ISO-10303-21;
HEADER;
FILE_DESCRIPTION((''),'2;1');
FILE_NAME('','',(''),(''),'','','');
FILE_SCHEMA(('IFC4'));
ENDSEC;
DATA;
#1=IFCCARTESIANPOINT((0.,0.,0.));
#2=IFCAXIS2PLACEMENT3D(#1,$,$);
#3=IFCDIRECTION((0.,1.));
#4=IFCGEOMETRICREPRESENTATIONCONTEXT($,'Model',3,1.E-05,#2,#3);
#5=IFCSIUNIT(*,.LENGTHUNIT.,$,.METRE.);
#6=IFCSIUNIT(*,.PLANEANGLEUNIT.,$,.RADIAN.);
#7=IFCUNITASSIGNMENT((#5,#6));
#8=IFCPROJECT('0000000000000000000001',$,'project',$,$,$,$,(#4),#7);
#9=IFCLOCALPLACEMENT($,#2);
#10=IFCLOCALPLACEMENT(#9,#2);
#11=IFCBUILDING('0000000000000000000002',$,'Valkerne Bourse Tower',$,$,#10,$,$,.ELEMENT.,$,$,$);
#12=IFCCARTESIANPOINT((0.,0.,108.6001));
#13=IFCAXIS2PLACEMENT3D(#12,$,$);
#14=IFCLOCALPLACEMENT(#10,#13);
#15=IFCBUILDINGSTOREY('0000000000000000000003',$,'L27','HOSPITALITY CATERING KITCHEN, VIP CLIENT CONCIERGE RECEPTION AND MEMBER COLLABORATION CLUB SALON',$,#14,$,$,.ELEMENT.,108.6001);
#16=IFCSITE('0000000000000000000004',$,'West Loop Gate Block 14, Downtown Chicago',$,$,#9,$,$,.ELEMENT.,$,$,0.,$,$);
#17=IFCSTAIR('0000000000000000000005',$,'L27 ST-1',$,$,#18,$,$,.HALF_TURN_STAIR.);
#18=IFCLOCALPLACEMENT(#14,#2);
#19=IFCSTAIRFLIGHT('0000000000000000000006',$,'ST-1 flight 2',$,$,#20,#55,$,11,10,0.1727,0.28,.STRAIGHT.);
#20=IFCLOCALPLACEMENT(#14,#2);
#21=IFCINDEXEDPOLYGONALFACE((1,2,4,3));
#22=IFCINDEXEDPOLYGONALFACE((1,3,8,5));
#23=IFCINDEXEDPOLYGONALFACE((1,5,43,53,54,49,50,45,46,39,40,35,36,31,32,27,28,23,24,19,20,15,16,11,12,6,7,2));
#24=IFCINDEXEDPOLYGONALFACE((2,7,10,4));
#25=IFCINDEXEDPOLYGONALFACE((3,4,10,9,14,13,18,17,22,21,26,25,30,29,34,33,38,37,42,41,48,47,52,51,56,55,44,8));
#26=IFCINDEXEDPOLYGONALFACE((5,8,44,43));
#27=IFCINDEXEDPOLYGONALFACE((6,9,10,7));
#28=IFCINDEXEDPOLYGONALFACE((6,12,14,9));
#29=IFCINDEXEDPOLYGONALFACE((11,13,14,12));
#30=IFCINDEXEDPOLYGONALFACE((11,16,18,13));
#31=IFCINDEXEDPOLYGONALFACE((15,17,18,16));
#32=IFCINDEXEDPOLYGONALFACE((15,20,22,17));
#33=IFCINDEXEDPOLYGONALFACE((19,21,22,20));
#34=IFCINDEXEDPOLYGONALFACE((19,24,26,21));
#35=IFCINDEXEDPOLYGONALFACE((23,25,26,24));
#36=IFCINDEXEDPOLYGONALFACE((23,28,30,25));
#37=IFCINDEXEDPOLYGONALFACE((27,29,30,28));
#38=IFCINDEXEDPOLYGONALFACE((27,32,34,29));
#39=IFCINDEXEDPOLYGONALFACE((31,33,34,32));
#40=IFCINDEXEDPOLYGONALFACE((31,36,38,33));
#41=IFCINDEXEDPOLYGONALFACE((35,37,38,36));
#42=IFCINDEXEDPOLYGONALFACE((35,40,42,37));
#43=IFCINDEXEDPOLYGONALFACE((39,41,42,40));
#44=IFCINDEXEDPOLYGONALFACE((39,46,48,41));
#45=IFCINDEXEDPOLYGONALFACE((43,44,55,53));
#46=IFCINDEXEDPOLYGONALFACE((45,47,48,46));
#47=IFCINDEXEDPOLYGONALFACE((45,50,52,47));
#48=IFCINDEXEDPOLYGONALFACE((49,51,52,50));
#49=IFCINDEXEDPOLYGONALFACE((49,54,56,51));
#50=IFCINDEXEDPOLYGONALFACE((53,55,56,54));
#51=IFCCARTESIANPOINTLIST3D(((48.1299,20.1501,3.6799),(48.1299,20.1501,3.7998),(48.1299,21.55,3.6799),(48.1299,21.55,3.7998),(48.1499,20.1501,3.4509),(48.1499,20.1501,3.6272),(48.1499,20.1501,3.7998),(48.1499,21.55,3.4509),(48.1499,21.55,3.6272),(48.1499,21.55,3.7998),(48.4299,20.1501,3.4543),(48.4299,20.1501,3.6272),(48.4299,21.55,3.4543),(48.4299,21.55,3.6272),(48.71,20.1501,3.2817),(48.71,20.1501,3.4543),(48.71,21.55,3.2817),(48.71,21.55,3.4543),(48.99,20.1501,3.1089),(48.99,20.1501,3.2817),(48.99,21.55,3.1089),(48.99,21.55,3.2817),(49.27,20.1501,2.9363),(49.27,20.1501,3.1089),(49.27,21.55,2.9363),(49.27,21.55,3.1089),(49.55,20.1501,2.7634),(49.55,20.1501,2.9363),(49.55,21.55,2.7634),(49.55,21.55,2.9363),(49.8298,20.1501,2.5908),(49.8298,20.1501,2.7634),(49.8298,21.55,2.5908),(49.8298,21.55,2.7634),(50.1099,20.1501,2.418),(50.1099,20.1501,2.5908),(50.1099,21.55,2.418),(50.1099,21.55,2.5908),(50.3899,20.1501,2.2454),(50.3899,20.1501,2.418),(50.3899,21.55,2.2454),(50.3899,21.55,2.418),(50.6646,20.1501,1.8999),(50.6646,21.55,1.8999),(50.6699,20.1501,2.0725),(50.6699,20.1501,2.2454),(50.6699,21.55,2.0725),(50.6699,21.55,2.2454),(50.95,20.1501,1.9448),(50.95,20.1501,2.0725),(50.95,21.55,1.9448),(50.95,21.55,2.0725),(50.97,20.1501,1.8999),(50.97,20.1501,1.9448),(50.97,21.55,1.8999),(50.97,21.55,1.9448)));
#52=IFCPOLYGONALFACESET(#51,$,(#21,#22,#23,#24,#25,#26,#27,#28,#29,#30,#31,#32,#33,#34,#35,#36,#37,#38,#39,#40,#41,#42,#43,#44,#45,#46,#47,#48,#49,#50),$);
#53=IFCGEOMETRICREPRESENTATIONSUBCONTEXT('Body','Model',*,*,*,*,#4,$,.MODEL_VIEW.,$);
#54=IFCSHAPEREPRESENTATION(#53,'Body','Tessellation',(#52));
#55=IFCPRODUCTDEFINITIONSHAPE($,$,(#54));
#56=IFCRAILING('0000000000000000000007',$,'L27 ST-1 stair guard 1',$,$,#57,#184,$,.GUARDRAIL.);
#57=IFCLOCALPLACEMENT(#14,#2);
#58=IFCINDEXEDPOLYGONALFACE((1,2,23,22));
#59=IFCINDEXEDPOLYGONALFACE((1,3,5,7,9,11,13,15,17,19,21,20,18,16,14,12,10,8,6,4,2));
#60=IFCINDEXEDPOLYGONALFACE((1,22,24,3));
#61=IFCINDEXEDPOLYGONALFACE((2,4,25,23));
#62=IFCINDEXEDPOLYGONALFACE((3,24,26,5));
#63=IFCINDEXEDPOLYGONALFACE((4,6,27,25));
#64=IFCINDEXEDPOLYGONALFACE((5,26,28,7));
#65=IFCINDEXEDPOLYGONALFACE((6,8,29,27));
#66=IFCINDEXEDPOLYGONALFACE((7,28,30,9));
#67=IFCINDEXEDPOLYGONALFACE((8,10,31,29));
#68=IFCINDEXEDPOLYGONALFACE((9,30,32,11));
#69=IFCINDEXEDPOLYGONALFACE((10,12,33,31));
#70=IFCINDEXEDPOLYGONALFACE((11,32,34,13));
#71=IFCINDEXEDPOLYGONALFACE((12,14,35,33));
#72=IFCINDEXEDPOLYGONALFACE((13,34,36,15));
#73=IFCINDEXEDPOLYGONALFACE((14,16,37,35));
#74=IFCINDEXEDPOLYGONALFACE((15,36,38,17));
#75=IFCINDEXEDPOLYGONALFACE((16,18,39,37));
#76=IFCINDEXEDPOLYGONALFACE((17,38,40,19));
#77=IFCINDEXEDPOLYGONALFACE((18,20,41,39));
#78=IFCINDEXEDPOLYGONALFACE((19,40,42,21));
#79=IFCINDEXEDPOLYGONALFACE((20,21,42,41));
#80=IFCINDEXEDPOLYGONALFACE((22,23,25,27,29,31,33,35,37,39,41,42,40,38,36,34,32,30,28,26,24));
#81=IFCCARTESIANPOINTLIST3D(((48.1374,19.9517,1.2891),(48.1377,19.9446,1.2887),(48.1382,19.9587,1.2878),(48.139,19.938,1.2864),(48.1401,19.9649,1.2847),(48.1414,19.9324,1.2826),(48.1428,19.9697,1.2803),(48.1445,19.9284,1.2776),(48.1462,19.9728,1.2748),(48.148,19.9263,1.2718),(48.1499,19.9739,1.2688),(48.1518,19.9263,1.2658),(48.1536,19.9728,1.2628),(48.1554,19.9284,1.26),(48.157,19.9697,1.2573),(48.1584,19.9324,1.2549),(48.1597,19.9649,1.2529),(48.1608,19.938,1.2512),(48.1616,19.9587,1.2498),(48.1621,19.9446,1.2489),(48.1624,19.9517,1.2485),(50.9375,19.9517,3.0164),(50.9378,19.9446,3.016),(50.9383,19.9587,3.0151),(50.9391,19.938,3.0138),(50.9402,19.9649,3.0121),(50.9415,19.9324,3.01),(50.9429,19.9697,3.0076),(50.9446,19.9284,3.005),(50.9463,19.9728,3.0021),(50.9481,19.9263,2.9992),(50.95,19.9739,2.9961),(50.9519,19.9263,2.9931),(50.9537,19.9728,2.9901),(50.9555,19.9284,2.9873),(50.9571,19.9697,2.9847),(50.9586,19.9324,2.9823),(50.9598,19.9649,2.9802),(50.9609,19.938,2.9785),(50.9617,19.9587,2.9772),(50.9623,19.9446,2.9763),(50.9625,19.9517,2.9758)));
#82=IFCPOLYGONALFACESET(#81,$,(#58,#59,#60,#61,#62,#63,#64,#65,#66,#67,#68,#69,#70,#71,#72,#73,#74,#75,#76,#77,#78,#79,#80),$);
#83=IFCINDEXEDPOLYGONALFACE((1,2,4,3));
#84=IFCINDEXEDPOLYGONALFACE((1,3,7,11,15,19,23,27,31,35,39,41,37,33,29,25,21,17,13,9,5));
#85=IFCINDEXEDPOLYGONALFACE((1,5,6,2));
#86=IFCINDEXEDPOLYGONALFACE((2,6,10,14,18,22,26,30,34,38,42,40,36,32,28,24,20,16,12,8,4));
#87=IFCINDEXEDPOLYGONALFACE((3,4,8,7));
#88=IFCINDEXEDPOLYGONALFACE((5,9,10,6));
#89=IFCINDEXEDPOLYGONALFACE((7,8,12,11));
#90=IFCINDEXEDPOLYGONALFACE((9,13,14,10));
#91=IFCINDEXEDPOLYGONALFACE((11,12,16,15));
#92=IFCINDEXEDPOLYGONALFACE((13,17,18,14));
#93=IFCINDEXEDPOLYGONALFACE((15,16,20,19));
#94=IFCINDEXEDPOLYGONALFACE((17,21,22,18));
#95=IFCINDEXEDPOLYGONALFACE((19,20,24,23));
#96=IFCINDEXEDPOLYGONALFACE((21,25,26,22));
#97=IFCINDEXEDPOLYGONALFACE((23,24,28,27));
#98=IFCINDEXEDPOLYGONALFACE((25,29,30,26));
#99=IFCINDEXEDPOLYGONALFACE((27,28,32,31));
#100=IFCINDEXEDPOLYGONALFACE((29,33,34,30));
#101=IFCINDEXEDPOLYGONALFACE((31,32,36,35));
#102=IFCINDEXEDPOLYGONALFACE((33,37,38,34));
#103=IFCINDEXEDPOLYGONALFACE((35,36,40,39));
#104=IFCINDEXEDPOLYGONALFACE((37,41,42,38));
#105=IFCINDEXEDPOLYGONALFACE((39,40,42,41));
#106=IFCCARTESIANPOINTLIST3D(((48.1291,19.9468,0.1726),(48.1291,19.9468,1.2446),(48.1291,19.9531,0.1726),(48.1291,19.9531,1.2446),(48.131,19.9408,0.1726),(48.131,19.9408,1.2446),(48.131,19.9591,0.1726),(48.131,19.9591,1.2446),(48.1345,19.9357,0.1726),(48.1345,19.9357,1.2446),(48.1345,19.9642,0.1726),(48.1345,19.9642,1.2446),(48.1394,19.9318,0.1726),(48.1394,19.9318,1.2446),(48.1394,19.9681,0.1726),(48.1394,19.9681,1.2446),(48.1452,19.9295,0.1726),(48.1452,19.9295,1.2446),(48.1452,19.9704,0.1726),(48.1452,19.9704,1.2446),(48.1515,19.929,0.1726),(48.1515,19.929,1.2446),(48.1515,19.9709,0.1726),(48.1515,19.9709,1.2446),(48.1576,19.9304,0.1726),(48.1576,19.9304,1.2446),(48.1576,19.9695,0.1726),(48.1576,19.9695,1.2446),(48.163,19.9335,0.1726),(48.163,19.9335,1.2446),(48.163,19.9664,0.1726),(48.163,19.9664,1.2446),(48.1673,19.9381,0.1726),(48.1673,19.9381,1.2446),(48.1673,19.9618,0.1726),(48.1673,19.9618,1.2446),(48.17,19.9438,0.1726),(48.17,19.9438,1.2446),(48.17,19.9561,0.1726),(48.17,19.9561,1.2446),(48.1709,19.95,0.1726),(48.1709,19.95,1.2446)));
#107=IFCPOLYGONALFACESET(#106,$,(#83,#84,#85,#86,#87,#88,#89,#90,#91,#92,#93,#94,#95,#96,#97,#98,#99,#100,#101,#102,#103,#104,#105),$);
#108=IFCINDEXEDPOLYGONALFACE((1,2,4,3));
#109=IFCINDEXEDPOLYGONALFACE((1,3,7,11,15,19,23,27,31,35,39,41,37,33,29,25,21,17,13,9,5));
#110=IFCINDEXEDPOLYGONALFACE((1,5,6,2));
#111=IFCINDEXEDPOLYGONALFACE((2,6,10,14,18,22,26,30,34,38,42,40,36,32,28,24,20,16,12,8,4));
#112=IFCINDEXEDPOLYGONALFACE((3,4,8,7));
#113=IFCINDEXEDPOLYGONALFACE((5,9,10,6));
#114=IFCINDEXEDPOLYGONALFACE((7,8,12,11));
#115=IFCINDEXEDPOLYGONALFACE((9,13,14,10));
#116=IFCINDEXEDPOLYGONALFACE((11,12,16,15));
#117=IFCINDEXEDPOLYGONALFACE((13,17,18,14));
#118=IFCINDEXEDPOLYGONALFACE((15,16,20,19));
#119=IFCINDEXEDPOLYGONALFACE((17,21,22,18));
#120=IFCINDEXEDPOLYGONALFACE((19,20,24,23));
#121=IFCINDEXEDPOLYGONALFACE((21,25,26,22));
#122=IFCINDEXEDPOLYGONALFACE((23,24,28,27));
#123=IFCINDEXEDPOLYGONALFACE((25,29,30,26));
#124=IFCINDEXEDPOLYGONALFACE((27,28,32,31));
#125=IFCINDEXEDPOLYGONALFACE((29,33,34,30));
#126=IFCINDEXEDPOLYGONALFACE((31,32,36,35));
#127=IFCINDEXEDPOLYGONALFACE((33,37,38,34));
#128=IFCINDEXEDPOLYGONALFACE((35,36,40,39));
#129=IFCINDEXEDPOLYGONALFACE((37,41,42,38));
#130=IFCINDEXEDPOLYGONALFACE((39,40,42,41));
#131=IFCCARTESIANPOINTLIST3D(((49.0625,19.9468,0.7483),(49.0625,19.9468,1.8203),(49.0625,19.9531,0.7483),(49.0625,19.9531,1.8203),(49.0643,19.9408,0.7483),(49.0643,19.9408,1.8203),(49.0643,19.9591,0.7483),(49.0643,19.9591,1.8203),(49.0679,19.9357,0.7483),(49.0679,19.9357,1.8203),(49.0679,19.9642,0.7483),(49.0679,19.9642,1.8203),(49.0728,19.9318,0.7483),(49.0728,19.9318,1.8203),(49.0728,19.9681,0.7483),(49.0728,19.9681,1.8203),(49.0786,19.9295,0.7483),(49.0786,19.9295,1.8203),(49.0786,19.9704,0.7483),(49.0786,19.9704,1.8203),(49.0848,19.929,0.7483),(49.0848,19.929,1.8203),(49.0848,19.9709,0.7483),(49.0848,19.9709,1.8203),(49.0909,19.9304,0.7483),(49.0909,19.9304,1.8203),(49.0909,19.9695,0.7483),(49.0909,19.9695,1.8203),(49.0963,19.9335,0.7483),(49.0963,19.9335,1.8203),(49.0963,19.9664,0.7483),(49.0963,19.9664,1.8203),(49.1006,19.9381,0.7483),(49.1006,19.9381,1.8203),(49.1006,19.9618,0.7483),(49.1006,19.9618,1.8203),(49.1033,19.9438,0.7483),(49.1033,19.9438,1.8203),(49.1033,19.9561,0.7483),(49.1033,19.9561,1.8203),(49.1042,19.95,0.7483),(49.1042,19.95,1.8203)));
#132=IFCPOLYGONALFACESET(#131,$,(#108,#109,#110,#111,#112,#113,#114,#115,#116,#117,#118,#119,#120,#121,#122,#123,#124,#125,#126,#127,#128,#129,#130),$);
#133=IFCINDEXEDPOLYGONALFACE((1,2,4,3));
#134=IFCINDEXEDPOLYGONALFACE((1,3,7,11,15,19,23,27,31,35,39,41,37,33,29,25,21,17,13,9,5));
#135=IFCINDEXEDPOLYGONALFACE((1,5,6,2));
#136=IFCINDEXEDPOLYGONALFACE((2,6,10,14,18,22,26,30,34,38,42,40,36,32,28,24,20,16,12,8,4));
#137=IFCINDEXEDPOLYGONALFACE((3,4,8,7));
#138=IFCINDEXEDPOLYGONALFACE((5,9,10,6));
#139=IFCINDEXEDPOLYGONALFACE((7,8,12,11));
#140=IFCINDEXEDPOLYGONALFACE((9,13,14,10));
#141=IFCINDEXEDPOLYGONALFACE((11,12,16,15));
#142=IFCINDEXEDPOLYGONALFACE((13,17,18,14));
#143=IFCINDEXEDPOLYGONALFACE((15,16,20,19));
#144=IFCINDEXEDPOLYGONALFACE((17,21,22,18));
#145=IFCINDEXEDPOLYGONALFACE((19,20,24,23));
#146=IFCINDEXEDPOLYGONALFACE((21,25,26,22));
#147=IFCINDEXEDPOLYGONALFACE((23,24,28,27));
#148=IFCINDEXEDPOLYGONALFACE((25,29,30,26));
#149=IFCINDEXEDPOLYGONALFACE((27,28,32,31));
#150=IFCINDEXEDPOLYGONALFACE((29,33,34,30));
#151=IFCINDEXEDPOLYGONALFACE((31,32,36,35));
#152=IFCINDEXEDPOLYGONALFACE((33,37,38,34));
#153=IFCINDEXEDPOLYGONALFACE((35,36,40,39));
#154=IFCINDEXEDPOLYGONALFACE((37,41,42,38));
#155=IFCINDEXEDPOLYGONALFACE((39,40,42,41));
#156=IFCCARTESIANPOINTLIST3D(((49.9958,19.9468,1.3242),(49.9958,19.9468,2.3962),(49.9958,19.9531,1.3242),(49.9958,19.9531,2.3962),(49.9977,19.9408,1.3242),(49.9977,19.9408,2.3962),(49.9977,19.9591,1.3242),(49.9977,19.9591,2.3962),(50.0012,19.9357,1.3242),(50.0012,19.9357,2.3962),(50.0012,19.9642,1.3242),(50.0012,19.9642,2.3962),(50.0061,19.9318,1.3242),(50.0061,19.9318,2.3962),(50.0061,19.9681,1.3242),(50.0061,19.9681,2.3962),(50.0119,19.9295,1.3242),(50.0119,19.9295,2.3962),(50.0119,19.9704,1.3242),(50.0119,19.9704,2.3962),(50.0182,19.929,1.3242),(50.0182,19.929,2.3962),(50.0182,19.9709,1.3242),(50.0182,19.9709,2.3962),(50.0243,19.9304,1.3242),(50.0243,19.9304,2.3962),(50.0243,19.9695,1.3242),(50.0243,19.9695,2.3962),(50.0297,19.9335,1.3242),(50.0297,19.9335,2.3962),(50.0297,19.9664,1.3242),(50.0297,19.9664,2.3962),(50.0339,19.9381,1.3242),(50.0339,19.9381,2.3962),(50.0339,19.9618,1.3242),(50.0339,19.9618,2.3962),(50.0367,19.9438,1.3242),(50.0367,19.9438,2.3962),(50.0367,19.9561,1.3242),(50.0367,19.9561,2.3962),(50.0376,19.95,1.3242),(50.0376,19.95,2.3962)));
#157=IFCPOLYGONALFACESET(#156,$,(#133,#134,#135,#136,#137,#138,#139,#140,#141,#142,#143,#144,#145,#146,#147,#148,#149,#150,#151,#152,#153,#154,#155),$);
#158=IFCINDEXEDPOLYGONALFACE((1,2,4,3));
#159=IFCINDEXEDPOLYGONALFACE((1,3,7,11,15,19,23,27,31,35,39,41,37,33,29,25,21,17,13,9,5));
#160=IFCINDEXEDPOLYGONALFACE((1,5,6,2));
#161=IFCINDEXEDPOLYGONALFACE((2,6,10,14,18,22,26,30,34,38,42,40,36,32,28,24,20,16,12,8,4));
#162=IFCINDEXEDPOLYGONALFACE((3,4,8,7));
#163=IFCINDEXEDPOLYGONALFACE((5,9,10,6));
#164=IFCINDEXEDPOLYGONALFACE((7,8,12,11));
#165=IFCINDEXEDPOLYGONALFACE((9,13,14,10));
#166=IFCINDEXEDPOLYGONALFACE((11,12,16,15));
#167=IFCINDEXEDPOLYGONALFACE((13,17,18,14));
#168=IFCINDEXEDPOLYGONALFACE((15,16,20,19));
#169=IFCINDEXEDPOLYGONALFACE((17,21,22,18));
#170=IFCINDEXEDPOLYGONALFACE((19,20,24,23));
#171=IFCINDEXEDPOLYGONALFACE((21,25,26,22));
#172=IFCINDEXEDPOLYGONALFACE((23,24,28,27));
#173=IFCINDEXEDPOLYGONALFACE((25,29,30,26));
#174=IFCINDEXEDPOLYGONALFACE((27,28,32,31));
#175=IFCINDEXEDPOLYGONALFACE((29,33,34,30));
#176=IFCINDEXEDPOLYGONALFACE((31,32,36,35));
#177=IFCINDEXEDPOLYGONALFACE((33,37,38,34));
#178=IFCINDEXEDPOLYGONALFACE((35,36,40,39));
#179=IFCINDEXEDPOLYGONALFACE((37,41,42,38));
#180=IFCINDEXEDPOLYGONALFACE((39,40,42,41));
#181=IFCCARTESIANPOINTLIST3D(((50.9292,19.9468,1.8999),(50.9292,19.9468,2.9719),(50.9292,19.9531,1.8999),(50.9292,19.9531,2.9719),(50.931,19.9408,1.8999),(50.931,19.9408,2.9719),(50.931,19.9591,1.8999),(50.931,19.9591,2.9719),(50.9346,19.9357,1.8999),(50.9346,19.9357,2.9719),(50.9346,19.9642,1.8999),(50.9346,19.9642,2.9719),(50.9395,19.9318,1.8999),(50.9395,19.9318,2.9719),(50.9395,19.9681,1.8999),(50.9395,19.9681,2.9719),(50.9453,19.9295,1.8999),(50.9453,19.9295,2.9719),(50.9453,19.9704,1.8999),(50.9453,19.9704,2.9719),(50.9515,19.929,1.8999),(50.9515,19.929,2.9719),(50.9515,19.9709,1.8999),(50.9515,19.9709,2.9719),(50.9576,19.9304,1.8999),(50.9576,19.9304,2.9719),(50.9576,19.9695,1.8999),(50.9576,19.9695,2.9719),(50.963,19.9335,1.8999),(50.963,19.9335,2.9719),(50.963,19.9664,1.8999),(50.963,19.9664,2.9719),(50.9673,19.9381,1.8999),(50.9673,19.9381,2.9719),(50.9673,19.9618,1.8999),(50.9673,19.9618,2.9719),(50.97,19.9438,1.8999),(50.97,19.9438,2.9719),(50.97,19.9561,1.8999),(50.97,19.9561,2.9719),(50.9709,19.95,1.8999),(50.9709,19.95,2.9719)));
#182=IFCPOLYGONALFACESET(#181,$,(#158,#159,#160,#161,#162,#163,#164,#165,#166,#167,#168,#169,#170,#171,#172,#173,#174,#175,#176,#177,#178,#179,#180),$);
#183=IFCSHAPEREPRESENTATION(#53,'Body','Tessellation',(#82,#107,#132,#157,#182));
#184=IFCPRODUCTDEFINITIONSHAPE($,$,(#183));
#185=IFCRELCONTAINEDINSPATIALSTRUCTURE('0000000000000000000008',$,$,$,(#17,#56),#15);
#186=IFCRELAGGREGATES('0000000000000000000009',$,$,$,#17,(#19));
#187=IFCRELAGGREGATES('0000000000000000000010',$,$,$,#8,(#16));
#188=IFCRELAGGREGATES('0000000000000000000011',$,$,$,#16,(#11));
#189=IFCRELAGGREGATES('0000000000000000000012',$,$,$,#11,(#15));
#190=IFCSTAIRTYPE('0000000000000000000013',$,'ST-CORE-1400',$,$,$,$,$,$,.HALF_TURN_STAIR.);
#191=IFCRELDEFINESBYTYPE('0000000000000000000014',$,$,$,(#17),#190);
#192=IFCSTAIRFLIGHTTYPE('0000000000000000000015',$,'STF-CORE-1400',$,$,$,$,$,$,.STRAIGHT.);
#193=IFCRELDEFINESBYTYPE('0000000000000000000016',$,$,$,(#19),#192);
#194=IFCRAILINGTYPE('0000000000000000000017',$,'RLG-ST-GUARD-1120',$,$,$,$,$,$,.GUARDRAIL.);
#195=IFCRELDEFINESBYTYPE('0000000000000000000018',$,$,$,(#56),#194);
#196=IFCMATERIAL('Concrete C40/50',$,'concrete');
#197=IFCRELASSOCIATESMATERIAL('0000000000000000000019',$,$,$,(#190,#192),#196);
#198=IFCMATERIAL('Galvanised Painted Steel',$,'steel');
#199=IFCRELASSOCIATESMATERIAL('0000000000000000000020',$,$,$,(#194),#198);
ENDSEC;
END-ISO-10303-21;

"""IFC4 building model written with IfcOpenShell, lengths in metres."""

from ifc_helpers import new_model, si_unit, direction, frame, origin, origin_2d, place, context, subcontext, project, spatial, polyline, circle, outline, extrude, material, type_object, element, aggregate, save


model = new_model("IFC4")

# Units and contexts
model_context = context("Model", 3, precision=1e-05, world=origin(), true_north=direction((0.0, 1.0)))
body_context = subcontext(model_context, "Body", "Model", "MODEL_VIEW")
ifc_project = project(units=[si_unit("LENGTHUNIT", "METRE"), si_unit("PLANEANGLEUNIT", "RADIAN")], contexts=[model_context])

# Site, building, storey
site_placement = place(None, origin())
site = spatial("IfcSite", under=ifc_project, at=site_placement, Name="West Loop Gate Block 14, Downtown Chicago", CompositionType="ELEMENT", RefElevation=0.0)
building_placement = place(site_placement, origin())
building = spatial("IfcBuilding", under=site, at=building_placement, Name="Valkerne Bourse Tower", CompositionType="ELEMENT")
storey_placement = place(building_placement, frame((0.0, 0.0, 108.6001)))
storey = spatial("IfcBuildingStorey", under=building, at=storey_placement, Name="L27", Description="HOSPITALITY CATERING KITCHEN, VIP CLIENT CONCIERGE RECEPTION AND MEMBER COLLABORATION CLUB SALON", CompositionType="ELEMENT", Elevation=108.6001)

# Shared definitions
ifc_material_1 = material(Name="Galvanised Painted Steel", Category="steel")

# Stair, stair flight
ifc_material_2 = material(Name="Concrete C40/50", Category="concrete")
stair_type = type_object("IfcStairType", Name="ST-CORE-1400", PredefinedType="HALF_TURN_STAIR", material=ifc_material_2)
stair_placement = place(storey_placement, origin())
stair = element("IfcStair", 1, at=stair_placement, inside=storey, type_object=stair_type, Name="L27 ST-1", PredefinedType="HALF_TURN_STAIR")
stair_flight_type = type_object("IfcStairFlightType", Name="STF-CORE-1400", PredefinedType="STRAIGHT", material=ifc_material_2)
stair_flight_1_placement = place(storey_placement, frame((50.95, 20.8501, 1.8999), z_axis=(0.0, 0.0, 1.0), x_axis=(-1.0, 0.0, 0.0)))
stair_flight_1 = element("IfcStairFlight", 2, at=stair_flight_1_placement, type_object=stair_flight_type, Name="ST-1 flight 2", NumberOfRisers=11, NumberOfTreads=10, PredefinedType="STRAIGHT", RiserHeight=0.1727, TreadLength=0.28, context=body_context, shape_type="SweptSolid", body=[
    extrude(outline(polyline([(-0.02, 0.0), (-0.02, 0.0449), (0.0, 0.0449), (0.0, 0.1726), (0.28, 0.1726), (0.28, 0.3455), (0.5601, 0.3455), (0.5601, 0.5181), (0.8401, 0.5181), (0.8401, 0.6909), (1.1201, 0.6909), (1.1201, 0.8635), (1.3999, 0.8635), (1.3999, 1.0364), (1.6799, 1.0364), (1.6799, 1.209), (1.96, 1.209), (1.96, 1.3818), (2.24, 1.3818), (2.24, 1.5544), (2.52, 1.5544), (2.52, 1.7273), (2.8, 1.7273), (2.8, 1.8999), (2.8201, 1.8999), (2.8201, 1.78), (2.8, 1.551), (0.2854, 0.0), (-0.02, 0.0)])), frame((0.0, 0.7, 0.0), z_axis=(0.0, -1.0, 0.0), x_axis=(1.0, 0.0, 0.0)), (0.0, 0.0, 1.0), 1.3999),
])
aggregate(stair, [stair_flight_1])

# Railing
railing_type_1 = type_object("IfcRailingType", Name="RLG-ST-GUARD-1120", PredefinedType="GUARDRAIL", material=ifc_material_1)
railing_1_placement = place(storey_placement, frame((48.1499, 19.95, 0.1726)))
element("IfcRailing", 3, at=railing_1_placement, inside=storey, type_object=railing_type_1, Name="L27 ST-1 stair guard 1", PredefinedType="GUARDRAIL", context=body_context, shape_type="SweptSolid", body=[
    extrude(circle(Radius=0.0239, at=origin_2d()), frame((0.0, 0.0, 1.0962), z_axis=(0.85109, 0.0, 0.52502), x_axis=(0.0, 1.0, 0.0)), (0.0, 0.0, 1.0), 3.29),
    extrude(circle(Radius=0.021, at=origin_2d()), origin(), (0.0, 0.0, 1.0), 1.072),
    extrude(circle(Radius=0.021, at=origin_2d()), frame((0.9333, 0.0, 0.5757)), (0.0, 0.0, 1.0), 1.072),
    extrude(circle(Radius=0.021, at=origin_2d()), frame((1.8667, 0.0, 1.1516)), (0.0, 0.0, 1.0), 1.072),
    extrude(circle(Radius=0.021, at=origin_2d()), frame((2.8, 0.0, 1.7273)), (0.0, 0.0, 1.0), 1.072),
])

save(model, "model.ifc")
